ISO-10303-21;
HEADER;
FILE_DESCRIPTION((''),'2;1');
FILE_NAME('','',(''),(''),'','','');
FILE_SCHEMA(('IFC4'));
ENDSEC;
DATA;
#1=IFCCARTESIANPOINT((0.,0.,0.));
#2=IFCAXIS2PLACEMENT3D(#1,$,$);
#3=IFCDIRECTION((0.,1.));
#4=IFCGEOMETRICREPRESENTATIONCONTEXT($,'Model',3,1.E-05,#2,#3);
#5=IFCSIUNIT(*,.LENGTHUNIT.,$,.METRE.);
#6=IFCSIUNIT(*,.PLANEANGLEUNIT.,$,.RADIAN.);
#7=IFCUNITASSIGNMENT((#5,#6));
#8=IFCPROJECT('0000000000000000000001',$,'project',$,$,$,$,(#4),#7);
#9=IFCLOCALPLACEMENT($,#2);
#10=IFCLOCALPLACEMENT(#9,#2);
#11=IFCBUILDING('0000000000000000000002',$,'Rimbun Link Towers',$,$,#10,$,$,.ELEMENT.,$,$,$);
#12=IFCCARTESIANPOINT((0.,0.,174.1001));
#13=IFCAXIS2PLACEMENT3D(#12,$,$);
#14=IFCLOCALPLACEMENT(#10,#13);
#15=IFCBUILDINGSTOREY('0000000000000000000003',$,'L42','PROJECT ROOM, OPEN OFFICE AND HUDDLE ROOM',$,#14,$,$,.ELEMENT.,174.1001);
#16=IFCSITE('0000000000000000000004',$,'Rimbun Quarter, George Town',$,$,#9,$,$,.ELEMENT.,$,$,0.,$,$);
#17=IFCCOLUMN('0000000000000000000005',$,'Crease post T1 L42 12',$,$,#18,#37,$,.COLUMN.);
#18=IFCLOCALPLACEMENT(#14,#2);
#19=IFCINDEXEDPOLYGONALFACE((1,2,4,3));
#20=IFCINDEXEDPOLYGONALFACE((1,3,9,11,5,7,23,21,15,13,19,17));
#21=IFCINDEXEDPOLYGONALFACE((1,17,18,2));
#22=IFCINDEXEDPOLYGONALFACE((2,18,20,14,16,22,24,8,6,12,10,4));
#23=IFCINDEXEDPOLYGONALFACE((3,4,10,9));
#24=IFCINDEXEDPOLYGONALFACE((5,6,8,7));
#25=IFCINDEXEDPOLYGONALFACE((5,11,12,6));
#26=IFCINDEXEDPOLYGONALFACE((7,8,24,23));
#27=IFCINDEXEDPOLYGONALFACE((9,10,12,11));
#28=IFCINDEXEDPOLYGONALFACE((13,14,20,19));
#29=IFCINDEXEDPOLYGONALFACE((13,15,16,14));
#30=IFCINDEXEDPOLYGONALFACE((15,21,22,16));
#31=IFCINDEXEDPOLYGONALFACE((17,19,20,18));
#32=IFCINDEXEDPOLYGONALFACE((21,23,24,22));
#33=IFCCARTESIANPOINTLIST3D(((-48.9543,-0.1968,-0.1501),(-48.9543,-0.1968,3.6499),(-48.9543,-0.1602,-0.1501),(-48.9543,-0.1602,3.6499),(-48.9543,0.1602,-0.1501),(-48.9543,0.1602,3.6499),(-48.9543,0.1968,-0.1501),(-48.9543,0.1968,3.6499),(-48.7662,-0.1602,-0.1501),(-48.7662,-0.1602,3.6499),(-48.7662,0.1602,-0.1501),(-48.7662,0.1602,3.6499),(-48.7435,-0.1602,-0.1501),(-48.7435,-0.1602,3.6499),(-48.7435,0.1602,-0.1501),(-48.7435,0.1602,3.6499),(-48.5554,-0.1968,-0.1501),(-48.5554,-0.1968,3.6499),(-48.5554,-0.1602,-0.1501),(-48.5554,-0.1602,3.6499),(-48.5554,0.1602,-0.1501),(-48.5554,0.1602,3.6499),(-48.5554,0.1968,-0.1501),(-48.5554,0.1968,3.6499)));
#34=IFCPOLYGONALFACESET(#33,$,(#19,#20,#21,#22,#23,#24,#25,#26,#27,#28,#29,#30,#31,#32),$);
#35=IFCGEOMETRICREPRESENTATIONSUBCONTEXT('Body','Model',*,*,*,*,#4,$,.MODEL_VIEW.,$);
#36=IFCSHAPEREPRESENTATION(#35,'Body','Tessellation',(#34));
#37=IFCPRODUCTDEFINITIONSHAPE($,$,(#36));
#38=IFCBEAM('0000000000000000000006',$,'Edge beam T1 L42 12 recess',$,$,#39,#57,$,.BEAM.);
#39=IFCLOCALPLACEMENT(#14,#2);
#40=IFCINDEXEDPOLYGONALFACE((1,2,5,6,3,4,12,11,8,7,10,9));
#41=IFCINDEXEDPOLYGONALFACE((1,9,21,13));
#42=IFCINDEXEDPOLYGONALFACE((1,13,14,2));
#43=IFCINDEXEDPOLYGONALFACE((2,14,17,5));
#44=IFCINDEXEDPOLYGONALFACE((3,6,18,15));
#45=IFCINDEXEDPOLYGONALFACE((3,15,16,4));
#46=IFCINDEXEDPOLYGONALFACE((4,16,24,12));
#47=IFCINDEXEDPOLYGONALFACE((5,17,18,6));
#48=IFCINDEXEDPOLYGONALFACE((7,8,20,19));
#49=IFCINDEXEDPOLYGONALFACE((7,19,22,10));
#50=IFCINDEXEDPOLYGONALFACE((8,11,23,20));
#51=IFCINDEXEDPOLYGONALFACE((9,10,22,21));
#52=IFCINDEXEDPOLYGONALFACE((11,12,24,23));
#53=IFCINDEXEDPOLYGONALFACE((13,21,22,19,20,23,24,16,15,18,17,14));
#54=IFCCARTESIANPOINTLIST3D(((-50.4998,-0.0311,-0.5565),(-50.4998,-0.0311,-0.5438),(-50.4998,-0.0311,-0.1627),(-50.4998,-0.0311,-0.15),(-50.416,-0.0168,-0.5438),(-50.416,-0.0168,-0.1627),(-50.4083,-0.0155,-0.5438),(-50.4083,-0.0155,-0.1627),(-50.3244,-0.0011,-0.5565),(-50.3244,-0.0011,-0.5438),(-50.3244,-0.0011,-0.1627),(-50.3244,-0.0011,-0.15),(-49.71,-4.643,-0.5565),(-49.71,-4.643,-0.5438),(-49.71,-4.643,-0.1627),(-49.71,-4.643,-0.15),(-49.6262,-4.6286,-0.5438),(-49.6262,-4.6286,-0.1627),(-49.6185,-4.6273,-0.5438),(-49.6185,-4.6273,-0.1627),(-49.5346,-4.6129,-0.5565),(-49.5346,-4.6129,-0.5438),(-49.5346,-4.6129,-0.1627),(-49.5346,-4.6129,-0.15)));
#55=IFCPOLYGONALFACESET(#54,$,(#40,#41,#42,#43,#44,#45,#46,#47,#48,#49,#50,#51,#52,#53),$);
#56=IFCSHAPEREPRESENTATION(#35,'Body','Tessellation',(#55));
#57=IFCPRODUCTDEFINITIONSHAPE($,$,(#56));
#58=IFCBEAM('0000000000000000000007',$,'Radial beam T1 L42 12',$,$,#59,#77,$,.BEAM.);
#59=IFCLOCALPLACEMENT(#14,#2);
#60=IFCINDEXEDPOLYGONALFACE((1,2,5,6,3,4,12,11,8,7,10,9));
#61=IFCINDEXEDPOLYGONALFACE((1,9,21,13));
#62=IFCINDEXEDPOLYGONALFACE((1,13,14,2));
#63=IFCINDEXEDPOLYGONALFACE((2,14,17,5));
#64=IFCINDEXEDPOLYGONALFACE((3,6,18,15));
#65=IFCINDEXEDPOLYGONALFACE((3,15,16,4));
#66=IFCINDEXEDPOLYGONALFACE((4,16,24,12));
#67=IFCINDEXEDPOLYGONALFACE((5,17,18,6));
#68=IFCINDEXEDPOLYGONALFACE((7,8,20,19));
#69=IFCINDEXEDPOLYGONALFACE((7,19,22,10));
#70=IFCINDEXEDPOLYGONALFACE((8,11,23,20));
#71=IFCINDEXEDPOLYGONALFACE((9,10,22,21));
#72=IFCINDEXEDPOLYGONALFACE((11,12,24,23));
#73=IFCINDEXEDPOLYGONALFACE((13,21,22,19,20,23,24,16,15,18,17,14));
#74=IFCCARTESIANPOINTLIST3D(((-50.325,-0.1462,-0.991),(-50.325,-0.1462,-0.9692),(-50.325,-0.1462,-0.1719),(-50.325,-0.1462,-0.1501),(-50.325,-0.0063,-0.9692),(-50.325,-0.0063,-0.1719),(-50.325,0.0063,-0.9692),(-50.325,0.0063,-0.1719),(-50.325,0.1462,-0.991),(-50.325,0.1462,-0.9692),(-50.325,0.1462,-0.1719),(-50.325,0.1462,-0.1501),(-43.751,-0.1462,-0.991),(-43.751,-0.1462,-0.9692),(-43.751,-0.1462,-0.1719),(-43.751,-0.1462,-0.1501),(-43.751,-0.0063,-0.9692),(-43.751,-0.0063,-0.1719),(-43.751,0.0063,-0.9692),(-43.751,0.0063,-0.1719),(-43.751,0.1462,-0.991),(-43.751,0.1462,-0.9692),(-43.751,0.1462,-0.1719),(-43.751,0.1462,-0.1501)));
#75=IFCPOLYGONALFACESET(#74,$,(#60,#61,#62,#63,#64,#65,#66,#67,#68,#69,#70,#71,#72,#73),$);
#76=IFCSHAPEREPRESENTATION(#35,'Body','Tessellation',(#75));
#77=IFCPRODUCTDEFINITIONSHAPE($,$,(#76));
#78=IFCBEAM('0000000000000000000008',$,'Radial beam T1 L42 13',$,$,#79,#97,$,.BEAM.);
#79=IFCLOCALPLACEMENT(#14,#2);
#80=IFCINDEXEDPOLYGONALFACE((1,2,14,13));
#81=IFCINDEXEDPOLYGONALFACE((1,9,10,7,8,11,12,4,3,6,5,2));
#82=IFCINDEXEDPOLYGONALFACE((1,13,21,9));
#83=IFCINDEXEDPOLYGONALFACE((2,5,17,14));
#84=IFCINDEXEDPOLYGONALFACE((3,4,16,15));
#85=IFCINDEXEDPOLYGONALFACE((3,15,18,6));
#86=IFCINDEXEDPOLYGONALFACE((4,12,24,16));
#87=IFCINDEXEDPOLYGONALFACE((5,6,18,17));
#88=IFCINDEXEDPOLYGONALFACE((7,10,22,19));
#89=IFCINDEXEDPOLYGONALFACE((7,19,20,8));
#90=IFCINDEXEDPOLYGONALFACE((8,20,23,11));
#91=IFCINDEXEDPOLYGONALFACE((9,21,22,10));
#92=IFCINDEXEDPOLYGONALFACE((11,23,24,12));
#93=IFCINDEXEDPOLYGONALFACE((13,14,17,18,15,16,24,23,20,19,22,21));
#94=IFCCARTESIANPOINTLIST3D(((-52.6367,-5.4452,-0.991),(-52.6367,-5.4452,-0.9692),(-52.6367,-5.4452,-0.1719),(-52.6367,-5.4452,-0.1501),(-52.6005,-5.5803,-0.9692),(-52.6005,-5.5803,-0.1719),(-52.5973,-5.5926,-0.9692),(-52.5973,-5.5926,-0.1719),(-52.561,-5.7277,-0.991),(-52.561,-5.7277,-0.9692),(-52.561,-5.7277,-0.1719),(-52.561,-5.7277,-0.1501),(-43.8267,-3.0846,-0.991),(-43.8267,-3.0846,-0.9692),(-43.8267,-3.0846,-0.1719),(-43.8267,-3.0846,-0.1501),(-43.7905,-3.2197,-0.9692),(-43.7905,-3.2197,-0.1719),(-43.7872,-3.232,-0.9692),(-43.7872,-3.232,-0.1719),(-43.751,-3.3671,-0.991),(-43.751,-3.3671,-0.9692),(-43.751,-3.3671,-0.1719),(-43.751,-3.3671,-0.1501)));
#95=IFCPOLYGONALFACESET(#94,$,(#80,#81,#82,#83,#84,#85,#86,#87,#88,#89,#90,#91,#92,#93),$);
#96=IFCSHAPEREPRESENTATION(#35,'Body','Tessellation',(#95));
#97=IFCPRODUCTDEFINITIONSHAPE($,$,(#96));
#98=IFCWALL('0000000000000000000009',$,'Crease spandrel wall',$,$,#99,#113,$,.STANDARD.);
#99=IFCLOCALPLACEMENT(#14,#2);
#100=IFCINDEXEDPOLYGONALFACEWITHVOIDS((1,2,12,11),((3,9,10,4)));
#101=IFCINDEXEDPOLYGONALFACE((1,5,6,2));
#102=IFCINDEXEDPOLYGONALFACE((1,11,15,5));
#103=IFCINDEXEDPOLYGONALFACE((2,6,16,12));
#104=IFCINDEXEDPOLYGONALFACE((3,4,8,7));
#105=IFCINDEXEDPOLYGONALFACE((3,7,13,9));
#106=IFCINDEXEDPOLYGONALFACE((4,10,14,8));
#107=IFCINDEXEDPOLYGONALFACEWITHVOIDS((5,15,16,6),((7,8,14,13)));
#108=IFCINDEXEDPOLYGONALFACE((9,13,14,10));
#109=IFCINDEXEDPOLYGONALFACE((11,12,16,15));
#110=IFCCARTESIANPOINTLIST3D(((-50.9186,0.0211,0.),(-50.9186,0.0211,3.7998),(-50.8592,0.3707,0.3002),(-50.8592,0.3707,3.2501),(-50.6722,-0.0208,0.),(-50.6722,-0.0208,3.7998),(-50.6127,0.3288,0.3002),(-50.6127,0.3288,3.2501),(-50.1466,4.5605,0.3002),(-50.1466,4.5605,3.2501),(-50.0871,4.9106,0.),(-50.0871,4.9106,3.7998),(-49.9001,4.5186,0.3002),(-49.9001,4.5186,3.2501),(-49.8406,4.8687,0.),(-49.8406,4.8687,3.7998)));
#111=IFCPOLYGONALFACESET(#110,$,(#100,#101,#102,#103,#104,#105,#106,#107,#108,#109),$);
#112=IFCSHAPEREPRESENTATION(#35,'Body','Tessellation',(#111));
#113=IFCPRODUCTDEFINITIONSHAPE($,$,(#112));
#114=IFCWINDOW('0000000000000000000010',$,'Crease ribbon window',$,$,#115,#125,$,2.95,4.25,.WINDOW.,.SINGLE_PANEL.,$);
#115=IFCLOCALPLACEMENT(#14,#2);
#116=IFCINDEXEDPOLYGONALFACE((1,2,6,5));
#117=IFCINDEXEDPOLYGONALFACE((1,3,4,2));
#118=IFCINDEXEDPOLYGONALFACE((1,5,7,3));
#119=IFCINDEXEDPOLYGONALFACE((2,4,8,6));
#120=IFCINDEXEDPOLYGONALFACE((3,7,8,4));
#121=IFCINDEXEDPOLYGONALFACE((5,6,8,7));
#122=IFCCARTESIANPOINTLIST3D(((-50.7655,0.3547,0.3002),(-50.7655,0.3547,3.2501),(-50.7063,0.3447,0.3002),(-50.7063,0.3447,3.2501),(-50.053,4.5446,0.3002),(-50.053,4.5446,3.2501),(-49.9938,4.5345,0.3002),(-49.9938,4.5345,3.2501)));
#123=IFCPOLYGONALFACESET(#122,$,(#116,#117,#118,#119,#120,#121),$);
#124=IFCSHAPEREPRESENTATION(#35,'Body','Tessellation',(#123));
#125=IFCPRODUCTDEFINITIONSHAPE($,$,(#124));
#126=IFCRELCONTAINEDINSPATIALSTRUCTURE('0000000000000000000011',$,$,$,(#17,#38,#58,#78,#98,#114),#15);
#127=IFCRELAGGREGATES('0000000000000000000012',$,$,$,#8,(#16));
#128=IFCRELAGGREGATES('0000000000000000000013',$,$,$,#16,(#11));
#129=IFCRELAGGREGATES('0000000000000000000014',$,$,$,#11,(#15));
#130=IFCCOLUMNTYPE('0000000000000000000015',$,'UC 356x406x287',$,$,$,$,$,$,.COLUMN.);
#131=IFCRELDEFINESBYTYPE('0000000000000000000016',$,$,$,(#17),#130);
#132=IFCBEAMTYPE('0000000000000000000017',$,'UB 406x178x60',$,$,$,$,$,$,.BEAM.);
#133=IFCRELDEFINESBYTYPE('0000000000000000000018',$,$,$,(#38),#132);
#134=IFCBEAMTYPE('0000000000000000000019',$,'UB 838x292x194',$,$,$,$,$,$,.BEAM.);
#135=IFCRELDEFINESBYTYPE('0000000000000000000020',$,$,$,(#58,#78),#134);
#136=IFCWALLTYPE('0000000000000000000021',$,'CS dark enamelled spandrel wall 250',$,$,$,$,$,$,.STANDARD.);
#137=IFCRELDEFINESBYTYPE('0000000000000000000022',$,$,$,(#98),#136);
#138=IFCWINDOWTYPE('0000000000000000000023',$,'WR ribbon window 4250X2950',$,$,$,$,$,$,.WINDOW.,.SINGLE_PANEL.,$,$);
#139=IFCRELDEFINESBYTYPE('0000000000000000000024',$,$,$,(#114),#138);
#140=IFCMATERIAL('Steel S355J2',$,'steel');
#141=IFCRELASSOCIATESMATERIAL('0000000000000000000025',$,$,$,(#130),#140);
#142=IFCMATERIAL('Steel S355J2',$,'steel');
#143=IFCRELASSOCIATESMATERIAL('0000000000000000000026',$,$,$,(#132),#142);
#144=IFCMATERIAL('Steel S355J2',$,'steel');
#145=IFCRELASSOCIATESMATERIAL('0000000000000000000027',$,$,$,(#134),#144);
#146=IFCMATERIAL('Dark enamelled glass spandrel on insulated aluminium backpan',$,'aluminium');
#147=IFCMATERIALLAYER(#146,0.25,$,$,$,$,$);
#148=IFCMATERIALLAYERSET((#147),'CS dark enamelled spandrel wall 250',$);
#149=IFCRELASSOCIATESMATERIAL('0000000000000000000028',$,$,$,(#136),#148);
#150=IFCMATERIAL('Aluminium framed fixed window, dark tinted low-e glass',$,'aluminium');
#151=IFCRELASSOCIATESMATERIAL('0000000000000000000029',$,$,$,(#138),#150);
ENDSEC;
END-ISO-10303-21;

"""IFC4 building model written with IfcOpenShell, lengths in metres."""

from ifc_helpers import new_model, si_unit, direction, frame, frame_2d, origin, origin_2d, place, context, subcontext, project, spatial, rectangle, i_section, extrude, material, layer, layer_set, material_profile, profile_set, type_object, element, fill, save


model = new_model("IFC4")

# Units and contexts
model_context = context("Model", 3, precision=1e-05, world=origin(), true_north=direction((0.0, 1.0)))
body_context = subcontext(model_context, "Body", "Model", "MODEL_VIEW")
ifc_project = project(units=[si_unit("LENGTHUNIT", "METRE"), si_unit("PLANEANGLEUNIT", "RADIAN")], contexts=[model_context])

# Site, building, storey
site_placement = place(None, origin())
site = spatial("IfcSite", under=ifc_project, at=site_placement, Name="Rimbun Quarter, George Town", CompositionType="ELEMENT", RefElevation=0.0)
building_placement = place(site_placement, origin())
building = spatial("IfcBuilding", under=site, at=building_placement, Name="Rimbun Link Towers", CompositionType="ELEMENT")
storey_placement = place(building_placement, frame((0.0, 0.0, 174.1001)))
storey = spatial("IfcBuildingStorey", under=building, at=storey_placement, Name="L42", Description="PROJECT ROOM, OPEN OFFICE AND HUDDLE ROOM", CompositionType="ELEMENT", Elevation=174.1001)

# Column
ifc_material_1 = material(Name="Steel S355J2", Category="steel")
ifc_material_profile_1 = material_profile(ifc_material_1, i_section(OverallWidth=0.3989, OverallDepth=0.3936, WebThickness=0.0227, FlangeThickness=0.0366, at=origin_2d()), Name="UC 356x406x287")
ifc_profile_set_1 = profile_set([ifc_material_profile_1], Name="Steel S355J2")
column_type = type_object("IfcColumnType", Name="UC 356x406x287", PredefinedType="COLUMN", material=ifc_profile_set_1)
column_placement = place(storey_placement, frame((-48.7549, 0.0, -0.1501), z_axis=(0.0, 0.0, 1.0), x_axis=(1.0, 0.0, 0.0)))
element("IfcColumn", 1, at=column_placement, inside=storey, type_object=column_type, Name="Crease post T1 L42 12", PredefinedType="COLUMN", context=body_context, shape_type="SweptSolid", body=[
    extrude(i_section(OverallWidth=0.3989, OverallDepth=0.3936, WebThickness=0.0227, FlangeThickness=0.0366, at=origin_2d()), origin(), (0.0, 0.0, 1.0), 3.8),
])

# Beams
ifc_material_2 = material(Name="Steel S355J2", Category="steel")
ifc_material_profile_2 = material_profile(ifc_material_2, i_section(OverallWidth=0.178, OverallDepth=0.4065, WebThickness=0.0078, FlangeThickness=0.0127, at=origin_2d()), Name="UB 406x178x60")
ifc_profile_set_2 = profile_set([ifc_material_profile_2], Name="Steel S355J2")
beam_type_1 = type_object("IfcBeamType", Name="UB 406x178x60", PredefinedType="BEAM", material=ifc_profile_set_2)
beam_1_placement = place(storey_placement, frame((-50.4121, -0.0161, -0.3533), z_axis=(0.168797, -0.985651, 0.0), x_axis=(0.985651, 0.168797, 0.0)))
element("IfcBeam", 2, at=beam_1_placement, inside=storey, type_object=beam_type_1, Name="Edge beam T1 L42 12 recess", PredefinedType="BEAM", context=body_context, shape_type="SweptSolid", body=[
    extrude(i_section(OverallWidth=0.178, OverallDepth=0.4065, WebThickness=0.0078, FlangeThickness=0.0127, at=origin_2d()), origin(), (0.0, 0.0, 1.0), 4.679),
])
ifc_material_3 = material(Name="Steel S355J2", Category="steel")
ifc_material_profile_3 = material_profile(ifc_material_3, i_section(OverallWidth=0.2925, OverallDepth=0.8408, WebThickness=0.0127, FlangeThickness=0.0217, at=origin_2d()), Name="UB 838x292x194")
ifc_profile_set_3 = profile_set([ifc_material_profile_3], Name="Steel S355J2")
beam_type_2 = type_object("IfcBeamType", Name="UB 838x292x194", PredefinedType="BEAM", material=ifc_profile_set_3)
beam_2_placement = place(storey_placement, frame((-43.751, 0.0, -0.5706), z_axis=(-1.0, 0.0, 0.0), x_axis=(0.0, -1.0, 0.0)))
element("IfcBeam", 3, at=beam_2_placement, inside=storey, type_object=beam_type_2, Name="Radial beam T1 L42 12", PredefinedType="BEAM", context=body_context, shape_type="SweptSolid", body=[
    extrude(i_section(OverallWidth=0.2925, OverallDepth=0.8408, WebThickness=0.0127, FlangeThickness=0.0217, at=origin_2d()), origin(), (0.0, 0.0, 1.0), 6.574),
])
beam_3_placement = place(storey_placement, frame((-43.7888, -3.2258, -0.5706), z_axis=(-0.965927, -0.258814, 0.0), x_axis=(0.258814, -0.965927, 0.0)))
element("IfcBeam", 4, at=beam_3_placement, inside=storey, type_object=beam_type_2, Name="Radial beam T1 L42 13", PredefinedType="BEAM", context=body_context, shape_type="SweptSolid", body=[
    extrude(i_section(OverallWidth=0.2925, OverallDepth=0.8408, WebThickness=0.0127, FlangeThickness=0.0217, at=origin_2d()), origin(), (0.0, 0.0, 1.0), 9.1208),
])

# Wall, opening, window
ifc_material_4 = material(Name="Dark enamelled glass spandrel on insulated aluminium backpan", Category="aluminium")
ifc_layer_1 = layer(ifc_material_4, 0.25)
ifc_layer_set_1 = layer_set([ifc_layer_1], Name="CS dark enamelled spandrel wall 250")
wall_type_1 = type_object("IfcWallType", Name="CS dark enamelled spandrel wall 250", PredefinedType="STANDARD", material=ifc_layer_set_1)
wall_1_placement = place(storey_placement, frame((-50.7954, 0.0, 0.0), z_axis=(0.0, 0.0, 1.0), x_axis=(0.167663, 0.985844, 0.0)))
wall_1 = element("IfcWall", 5, at=wall_1_placement, inside=storey, type_object=wall_type_1, Name="Crease spandrel wall", PredefinedType="STANDARD", context=body_context, shape_type="SweptSolid", body=[
    extrude(rectangle(XDim=4.9597, YDim=0.25, at=frame_2d((2.48, 0.0))), origin(), (0.0, 0.0, 1.0), 3.7998),
])
opening_1_placement = place(wall_1_placement, frame((0.3547, 0.0, 0.3)))
opening_1 = element("IfcOpeningElement", 6, at=opening_1_placement, cuts=wall_1, PredefinedType="OPENING", context=body_context, shape_type="SweptSolid", body=[
    extrude(rectangle(XDim=4.25, YDim=2.95, at=frame_2d((2.125, 1.4751))), frame((0.0, 0.135, 0.0), z_axis=(0.0, -1.0, 0.0), x_axis=(1.0, 0.0, 0.0)), (0.0, 0.0, 1.0), 0.27),
])
ifc_material_5 = material(Name="Aluminium framed fixed window, dark tinted low-e glass", Category="aluminium")
window_type = type_object("IfcWindowType", Name="WR ribbon window 4250X2950", PartitioningType="SINGLE_PANEL", PredefinedType="WINDOW", material=ifc_material_5)
window_placement = place(opening_1_placement, origin())
window = element("IfcWindow", 7, at=window_placement, inside=storey, type_object=window_type, Name="Crease ribbon window", OverallHeight=2.95, OverallWidth=4.25, PartitioningType="SINGLE_PANEL", PredefinedType="WINDOW", context=body_context, shape_type="SweptSolid", body=[
    extrude(rectangle(XDim=4.25, YDim=2.95, at=frame_2d((2.125, 1.4751))), frame((0.0, 0.03, 0.0), z_axis=(0.0, -1.0, 0.0), x_axis=(1.0, 0.0, 0.0)), (0.0, 0.0, 1.0), 0.0601),
])
fill(opening_1, window)

save(model, "model.ifc")
